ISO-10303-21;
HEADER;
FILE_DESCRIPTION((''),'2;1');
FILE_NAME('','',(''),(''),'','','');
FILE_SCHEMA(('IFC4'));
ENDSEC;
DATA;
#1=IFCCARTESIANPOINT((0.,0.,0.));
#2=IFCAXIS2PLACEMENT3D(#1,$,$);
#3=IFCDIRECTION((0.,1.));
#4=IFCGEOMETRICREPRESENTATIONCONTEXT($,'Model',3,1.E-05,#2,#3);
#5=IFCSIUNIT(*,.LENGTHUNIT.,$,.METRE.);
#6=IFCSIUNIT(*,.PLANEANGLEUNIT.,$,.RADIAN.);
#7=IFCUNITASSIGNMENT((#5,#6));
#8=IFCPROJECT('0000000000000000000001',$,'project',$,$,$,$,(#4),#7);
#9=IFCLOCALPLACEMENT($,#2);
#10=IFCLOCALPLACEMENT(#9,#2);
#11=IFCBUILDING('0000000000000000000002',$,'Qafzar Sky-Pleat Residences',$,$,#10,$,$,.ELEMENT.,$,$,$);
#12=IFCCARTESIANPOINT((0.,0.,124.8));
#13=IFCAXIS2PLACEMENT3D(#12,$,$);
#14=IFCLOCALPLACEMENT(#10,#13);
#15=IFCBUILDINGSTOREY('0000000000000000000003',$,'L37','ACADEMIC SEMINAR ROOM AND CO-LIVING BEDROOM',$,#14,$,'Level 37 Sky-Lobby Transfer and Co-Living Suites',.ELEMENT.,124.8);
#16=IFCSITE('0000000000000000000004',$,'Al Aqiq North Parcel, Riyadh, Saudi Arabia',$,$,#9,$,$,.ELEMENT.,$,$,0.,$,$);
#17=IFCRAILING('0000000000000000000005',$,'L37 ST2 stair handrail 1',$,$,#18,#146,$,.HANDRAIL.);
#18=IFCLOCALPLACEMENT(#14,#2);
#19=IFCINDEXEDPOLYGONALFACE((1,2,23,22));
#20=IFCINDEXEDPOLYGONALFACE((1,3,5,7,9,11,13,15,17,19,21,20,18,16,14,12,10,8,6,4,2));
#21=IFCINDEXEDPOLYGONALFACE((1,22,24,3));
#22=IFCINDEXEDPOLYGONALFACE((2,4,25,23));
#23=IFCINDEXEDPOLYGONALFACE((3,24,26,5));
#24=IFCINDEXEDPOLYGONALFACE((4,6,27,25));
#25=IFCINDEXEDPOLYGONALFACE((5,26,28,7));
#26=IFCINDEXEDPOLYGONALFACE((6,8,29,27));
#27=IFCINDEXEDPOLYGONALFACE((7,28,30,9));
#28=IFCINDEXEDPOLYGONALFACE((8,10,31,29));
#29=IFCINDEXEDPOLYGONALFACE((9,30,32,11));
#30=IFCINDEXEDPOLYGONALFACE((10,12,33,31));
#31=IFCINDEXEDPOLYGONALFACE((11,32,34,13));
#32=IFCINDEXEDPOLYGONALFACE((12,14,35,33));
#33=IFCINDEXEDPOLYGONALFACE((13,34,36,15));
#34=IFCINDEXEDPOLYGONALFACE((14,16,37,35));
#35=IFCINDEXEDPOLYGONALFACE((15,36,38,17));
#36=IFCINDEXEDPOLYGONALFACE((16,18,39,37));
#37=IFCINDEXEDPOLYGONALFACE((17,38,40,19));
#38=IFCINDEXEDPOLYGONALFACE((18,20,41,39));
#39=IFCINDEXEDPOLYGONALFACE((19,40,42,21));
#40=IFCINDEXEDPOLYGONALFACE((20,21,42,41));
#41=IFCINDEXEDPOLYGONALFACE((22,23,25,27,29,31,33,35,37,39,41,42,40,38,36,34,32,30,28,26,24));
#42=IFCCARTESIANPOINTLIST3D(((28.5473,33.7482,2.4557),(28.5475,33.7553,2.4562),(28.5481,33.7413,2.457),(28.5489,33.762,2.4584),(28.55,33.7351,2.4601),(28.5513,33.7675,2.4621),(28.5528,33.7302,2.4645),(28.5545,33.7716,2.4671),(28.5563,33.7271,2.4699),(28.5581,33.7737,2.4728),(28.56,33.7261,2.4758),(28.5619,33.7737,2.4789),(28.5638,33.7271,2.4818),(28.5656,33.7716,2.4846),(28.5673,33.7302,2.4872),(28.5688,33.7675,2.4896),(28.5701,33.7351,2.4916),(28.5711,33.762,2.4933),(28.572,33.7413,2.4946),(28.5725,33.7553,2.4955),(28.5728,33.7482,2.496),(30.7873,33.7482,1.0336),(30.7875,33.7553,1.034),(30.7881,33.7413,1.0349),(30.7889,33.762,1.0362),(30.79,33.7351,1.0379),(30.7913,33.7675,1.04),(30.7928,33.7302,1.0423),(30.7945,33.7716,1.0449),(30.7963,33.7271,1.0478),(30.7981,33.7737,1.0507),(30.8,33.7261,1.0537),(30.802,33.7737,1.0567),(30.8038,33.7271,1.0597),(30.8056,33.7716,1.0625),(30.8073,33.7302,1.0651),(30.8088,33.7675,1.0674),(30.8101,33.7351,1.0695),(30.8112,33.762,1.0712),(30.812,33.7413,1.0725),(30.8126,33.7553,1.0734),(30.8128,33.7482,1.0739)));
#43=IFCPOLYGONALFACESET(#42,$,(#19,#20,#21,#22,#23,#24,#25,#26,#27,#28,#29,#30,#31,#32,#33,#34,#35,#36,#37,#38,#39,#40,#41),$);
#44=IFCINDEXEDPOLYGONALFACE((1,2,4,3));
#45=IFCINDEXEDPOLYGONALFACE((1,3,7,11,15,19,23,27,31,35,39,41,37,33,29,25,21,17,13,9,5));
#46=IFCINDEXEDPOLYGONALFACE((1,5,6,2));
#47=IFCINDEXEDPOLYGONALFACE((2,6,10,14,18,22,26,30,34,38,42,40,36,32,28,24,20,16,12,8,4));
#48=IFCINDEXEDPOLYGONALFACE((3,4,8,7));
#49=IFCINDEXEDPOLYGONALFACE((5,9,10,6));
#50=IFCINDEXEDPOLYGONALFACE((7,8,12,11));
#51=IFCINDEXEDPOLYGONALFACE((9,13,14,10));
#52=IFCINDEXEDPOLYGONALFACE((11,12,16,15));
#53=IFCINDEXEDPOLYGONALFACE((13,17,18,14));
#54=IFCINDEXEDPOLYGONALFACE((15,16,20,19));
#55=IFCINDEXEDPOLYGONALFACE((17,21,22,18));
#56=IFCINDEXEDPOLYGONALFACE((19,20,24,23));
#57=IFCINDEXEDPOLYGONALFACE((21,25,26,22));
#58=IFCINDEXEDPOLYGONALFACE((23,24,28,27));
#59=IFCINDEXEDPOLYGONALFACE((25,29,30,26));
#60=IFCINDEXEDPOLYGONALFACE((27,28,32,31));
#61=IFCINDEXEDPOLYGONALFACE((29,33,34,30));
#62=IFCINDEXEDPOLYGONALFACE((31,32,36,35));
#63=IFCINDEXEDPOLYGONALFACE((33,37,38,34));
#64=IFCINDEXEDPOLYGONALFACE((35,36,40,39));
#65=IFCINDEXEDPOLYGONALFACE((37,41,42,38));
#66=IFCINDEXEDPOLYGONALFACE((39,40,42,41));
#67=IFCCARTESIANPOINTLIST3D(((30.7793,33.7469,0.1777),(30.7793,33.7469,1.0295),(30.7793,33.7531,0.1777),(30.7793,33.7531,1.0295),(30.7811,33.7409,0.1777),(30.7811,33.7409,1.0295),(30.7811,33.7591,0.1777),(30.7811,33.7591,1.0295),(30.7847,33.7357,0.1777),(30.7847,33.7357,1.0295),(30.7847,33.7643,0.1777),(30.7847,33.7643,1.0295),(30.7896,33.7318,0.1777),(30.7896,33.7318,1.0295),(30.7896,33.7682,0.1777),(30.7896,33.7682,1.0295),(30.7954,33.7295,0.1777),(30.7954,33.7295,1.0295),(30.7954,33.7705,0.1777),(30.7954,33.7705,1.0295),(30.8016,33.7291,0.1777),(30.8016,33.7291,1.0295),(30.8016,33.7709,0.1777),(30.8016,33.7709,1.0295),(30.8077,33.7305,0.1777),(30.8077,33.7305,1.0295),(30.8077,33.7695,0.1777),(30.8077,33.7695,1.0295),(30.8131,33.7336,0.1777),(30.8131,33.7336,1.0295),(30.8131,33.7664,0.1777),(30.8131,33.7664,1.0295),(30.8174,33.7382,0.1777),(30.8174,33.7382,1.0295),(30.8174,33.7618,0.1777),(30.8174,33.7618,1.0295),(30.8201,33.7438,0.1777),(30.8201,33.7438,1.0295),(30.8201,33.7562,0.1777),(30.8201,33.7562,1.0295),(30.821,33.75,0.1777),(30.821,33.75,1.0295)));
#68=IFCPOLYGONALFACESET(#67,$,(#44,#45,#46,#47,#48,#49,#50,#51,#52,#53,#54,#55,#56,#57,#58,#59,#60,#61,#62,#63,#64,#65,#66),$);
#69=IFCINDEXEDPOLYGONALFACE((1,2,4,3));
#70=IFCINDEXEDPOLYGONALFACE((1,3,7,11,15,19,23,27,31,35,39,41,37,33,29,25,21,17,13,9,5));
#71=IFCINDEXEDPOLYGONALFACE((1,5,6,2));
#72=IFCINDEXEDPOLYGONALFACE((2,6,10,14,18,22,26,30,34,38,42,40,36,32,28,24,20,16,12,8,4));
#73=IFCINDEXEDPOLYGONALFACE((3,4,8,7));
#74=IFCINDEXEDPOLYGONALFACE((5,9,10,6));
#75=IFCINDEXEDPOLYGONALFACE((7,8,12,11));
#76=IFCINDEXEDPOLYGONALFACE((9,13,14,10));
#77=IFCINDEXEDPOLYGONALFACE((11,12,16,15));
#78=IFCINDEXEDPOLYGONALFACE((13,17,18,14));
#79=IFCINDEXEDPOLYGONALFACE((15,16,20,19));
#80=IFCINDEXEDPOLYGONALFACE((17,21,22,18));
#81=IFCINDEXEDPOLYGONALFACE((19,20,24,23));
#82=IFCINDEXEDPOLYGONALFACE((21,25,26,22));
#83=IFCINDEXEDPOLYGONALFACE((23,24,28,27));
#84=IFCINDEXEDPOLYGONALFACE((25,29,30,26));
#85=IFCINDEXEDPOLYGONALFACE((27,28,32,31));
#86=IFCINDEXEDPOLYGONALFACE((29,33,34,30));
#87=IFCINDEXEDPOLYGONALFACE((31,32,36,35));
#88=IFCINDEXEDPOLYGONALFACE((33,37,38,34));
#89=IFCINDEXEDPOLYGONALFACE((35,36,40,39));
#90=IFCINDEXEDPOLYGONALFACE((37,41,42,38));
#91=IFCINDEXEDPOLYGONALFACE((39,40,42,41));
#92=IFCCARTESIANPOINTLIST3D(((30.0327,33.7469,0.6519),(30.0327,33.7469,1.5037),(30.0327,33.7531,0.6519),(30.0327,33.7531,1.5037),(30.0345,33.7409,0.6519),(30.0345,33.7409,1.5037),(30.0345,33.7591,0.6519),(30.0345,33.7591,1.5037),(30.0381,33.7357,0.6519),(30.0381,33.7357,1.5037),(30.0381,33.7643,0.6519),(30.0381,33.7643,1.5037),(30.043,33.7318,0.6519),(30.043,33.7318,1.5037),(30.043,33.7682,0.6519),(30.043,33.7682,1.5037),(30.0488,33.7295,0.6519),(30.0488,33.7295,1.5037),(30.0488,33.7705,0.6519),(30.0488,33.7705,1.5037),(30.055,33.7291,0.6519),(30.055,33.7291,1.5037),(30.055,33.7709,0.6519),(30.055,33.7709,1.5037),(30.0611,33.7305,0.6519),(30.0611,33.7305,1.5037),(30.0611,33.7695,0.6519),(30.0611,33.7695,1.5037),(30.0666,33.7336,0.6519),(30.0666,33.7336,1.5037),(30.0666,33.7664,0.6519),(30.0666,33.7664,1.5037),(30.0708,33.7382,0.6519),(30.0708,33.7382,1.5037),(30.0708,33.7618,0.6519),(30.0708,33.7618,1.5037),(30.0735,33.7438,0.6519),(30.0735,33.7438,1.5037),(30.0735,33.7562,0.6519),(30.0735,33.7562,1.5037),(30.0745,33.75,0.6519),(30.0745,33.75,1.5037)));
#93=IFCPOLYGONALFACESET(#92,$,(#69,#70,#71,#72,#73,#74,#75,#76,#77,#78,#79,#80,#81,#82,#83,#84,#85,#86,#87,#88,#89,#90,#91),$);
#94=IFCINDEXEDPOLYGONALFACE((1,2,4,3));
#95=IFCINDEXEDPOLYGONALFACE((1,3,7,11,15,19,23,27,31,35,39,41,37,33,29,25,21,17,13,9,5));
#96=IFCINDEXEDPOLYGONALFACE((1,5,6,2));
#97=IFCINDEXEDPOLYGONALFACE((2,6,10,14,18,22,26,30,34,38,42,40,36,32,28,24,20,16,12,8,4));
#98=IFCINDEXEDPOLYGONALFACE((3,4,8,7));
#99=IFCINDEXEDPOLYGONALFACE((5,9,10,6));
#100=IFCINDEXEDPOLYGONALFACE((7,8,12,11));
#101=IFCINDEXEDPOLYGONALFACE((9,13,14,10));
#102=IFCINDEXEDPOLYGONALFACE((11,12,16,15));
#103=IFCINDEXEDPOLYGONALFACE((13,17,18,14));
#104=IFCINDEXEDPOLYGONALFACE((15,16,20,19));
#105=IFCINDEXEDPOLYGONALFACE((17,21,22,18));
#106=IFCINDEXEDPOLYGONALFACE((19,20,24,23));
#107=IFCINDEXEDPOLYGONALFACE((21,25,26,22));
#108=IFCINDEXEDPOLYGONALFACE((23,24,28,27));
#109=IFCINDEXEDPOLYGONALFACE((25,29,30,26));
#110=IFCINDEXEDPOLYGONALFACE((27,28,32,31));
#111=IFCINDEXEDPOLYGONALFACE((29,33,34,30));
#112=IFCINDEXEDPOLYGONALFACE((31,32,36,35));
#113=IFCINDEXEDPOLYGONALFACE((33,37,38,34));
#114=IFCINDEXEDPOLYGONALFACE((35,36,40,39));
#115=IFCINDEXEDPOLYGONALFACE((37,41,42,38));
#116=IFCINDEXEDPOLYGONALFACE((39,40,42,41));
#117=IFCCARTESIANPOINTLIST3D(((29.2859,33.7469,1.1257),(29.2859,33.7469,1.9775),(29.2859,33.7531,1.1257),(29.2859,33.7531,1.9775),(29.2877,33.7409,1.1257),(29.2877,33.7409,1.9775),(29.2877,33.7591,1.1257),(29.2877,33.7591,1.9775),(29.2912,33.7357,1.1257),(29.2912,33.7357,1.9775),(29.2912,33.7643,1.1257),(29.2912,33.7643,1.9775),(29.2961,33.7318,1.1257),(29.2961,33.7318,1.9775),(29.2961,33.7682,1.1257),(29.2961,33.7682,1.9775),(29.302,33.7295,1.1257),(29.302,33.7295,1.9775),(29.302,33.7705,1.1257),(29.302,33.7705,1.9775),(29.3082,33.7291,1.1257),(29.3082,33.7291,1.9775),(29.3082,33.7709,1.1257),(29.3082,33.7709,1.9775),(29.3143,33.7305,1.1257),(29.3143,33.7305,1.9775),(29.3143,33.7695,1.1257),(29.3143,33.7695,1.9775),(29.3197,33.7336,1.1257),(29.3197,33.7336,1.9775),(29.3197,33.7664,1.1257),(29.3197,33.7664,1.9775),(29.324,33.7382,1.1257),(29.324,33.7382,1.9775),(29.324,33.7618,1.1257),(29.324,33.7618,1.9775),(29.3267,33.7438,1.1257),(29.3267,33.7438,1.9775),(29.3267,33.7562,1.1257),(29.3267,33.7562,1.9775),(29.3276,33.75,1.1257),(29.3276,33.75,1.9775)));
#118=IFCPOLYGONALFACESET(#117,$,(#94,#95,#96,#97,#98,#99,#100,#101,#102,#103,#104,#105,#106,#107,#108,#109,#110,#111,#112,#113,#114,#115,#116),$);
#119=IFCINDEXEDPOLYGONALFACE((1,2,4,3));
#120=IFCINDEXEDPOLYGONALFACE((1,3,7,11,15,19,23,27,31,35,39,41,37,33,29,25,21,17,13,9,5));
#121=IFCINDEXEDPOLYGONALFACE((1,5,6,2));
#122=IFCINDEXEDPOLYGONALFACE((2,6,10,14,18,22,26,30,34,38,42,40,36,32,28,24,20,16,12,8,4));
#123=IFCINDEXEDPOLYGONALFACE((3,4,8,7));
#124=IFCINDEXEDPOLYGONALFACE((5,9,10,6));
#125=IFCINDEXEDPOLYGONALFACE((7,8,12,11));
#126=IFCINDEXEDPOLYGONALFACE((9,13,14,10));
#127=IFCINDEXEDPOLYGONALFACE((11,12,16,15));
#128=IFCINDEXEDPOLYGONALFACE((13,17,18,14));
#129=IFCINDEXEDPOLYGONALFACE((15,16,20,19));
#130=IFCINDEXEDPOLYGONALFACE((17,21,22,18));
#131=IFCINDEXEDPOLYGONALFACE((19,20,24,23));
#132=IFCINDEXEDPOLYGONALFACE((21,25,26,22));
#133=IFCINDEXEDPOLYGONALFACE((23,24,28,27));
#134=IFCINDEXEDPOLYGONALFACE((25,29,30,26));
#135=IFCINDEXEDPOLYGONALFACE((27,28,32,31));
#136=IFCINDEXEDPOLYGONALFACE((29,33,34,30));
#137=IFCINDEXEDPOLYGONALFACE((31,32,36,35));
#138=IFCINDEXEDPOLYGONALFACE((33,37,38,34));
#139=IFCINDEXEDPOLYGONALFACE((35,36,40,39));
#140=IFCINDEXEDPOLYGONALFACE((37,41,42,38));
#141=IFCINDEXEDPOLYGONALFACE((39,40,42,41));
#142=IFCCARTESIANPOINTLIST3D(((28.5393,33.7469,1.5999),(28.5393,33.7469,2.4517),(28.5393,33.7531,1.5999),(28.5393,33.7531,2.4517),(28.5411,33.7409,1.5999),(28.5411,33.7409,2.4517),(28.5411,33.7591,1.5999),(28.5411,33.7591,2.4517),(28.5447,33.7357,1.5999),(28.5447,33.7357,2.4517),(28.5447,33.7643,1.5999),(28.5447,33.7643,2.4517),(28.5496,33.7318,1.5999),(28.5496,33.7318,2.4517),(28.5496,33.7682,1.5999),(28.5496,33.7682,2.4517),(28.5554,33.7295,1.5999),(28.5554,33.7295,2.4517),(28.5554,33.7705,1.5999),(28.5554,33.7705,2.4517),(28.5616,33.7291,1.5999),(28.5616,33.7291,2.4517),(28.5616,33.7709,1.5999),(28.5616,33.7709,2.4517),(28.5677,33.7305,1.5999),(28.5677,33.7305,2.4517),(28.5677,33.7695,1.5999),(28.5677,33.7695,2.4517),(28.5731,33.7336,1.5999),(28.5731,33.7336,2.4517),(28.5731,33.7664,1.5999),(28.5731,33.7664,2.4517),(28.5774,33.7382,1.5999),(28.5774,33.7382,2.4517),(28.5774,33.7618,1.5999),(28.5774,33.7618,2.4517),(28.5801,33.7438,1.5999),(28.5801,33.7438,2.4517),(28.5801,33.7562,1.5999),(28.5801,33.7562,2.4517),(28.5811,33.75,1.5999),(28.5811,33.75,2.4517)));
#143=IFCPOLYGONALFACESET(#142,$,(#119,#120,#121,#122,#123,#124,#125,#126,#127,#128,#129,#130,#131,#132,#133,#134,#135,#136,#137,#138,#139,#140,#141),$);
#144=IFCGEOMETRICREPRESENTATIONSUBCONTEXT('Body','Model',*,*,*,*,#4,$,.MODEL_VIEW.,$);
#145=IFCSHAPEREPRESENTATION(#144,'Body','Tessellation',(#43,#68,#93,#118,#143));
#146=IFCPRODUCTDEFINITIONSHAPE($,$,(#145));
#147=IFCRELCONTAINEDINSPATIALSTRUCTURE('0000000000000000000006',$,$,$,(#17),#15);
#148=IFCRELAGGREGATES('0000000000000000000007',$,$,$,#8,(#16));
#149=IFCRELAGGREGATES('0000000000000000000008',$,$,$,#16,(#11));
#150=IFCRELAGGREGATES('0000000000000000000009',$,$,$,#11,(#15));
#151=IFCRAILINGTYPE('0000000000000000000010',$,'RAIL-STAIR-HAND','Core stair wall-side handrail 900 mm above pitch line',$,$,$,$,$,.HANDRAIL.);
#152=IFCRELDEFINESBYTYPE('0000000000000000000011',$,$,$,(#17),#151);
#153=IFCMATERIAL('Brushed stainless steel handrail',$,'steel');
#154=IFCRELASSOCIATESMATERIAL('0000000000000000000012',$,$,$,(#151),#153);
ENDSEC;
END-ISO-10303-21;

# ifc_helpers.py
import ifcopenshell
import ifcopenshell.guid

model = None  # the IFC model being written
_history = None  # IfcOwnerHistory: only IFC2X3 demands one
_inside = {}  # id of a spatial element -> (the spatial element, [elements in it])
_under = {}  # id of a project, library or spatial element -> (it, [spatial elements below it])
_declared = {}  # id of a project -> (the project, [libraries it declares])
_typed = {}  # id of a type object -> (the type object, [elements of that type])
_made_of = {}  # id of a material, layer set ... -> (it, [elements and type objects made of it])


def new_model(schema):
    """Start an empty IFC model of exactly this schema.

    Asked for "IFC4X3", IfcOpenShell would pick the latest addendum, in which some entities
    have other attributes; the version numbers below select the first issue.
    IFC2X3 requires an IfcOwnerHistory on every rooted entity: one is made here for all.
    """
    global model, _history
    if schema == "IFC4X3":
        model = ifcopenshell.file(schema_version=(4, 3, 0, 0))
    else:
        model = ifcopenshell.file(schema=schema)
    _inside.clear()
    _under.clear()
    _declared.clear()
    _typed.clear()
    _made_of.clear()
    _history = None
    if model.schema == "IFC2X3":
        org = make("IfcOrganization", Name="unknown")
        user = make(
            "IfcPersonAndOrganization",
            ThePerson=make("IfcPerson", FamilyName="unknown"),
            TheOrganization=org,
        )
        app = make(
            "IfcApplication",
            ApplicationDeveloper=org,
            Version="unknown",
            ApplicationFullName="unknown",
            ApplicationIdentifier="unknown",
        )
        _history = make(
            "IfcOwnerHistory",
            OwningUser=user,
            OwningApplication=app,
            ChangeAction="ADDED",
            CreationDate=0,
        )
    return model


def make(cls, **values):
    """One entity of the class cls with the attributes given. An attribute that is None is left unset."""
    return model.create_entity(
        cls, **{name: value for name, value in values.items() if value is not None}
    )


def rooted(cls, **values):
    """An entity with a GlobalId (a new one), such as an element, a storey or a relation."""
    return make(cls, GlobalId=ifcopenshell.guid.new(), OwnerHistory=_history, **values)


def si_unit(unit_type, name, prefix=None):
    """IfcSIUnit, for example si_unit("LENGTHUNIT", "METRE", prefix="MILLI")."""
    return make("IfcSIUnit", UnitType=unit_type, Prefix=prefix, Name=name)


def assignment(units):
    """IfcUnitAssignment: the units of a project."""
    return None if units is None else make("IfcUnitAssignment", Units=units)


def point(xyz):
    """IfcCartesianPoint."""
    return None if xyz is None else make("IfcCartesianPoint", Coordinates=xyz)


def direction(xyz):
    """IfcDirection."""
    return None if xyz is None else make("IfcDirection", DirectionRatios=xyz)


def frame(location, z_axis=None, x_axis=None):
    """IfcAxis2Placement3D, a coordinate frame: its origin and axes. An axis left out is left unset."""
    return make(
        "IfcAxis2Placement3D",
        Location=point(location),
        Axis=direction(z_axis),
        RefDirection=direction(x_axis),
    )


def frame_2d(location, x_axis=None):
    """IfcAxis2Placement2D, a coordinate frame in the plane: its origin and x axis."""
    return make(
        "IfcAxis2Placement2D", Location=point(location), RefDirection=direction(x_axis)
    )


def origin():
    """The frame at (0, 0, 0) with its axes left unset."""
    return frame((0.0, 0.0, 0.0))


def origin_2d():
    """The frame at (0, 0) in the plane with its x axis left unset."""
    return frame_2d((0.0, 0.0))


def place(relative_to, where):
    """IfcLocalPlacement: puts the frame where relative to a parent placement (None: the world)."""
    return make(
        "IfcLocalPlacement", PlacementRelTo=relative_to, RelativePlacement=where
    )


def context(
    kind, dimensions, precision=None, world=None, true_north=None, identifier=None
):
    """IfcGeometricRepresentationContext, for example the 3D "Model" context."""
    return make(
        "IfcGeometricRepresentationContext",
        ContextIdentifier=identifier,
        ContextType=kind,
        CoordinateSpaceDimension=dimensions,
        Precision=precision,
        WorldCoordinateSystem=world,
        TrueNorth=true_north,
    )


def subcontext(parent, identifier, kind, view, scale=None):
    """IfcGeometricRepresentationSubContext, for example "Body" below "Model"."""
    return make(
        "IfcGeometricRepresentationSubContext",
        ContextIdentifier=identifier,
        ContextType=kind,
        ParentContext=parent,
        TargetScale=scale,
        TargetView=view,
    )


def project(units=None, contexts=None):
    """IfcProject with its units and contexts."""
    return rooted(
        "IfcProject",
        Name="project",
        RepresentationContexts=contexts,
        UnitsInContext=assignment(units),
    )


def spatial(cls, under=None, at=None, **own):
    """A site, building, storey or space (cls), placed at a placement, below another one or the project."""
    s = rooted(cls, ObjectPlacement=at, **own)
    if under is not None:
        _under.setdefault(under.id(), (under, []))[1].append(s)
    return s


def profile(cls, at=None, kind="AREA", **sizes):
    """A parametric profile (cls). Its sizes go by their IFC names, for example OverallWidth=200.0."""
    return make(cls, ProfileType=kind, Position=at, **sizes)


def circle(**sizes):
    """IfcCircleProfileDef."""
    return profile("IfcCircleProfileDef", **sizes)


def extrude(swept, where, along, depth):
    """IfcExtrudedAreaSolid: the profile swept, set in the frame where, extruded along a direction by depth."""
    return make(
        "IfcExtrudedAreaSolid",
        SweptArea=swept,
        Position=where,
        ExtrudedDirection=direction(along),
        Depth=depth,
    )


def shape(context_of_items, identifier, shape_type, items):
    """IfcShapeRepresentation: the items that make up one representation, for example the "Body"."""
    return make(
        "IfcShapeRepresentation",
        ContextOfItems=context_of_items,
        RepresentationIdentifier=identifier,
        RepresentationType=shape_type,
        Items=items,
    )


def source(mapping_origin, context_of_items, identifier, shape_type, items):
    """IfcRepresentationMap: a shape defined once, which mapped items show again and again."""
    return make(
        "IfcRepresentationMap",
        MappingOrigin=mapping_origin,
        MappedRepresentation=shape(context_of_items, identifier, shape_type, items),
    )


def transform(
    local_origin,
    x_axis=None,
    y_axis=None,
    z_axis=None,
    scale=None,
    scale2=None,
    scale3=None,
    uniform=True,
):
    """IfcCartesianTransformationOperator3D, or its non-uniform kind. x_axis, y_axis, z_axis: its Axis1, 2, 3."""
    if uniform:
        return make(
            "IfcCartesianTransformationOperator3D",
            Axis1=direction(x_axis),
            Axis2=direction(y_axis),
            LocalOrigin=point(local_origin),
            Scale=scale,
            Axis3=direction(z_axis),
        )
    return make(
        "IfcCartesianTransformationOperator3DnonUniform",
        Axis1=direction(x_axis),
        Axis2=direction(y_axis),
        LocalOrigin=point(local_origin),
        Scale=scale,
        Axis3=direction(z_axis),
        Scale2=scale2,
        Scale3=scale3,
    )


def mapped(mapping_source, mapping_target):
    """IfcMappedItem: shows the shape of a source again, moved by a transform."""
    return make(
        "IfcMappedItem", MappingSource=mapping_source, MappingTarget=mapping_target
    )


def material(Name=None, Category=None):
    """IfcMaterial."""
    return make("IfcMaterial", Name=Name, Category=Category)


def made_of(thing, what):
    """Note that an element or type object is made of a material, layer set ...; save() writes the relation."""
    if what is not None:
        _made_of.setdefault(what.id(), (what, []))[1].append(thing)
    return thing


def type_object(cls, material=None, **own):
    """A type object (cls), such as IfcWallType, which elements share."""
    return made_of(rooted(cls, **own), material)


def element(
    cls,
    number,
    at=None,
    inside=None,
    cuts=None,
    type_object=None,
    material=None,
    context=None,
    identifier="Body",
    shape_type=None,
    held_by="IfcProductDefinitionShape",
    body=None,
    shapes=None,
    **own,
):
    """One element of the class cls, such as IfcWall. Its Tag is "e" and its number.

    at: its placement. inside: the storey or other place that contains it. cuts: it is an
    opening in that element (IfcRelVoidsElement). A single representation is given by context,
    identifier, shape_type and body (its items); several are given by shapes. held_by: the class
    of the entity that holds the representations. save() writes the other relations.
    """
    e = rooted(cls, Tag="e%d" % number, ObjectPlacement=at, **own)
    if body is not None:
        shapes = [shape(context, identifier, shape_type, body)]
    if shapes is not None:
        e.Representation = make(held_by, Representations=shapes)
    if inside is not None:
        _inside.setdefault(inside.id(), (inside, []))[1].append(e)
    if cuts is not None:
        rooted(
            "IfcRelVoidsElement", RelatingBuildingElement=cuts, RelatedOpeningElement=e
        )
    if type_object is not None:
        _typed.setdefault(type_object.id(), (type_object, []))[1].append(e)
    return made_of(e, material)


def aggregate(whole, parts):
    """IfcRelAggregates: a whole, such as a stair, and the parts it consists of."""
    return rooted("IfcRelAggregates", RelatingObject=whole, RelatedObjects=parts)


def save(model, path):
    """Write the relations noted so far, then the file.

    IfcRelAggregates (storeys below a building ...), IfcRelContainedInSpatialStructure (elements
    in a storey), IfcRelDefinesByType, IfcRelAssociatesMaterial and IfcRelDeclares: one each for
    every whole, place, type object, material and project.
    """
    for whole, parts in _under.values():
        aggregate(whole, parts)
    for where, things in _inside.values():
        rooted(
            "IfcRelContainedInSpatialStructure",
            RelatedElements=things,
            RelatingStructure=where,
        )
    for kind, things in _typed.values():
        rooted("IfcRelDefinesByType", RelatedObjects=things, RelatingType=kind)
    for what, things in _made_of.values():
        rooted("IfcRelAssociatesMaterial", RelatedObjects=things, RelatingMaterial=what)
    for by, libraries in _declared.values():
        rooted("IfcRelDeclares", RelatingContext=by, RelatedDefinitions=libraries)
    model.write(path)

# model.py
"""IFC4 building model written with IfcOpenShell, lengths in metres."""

from ifc_helpers import new_model, si_unit, direction, frame, origin, origin_2d, place, context, subcontext, project, spatial, circle, extrude, source, transform, mapped, material, type_object, element, save


model = new_model("IFC4")

# Units and contexts
model_context = context("Model", 3, precision=1e-05, world=origin(), true_north=direction((0.0, 1.0)))
body_context = subcontext(model_context, "Body", "Model", "MODEL_VIEW")
ifc_project = project(units=[si_unit("LENGTHUNIT", "METRE"), si_unit("PLANEANGLEUNIT", "RADIAN")], contexts=[model_context])

# Site, building, storey
site_placement = place(None, origin())
site = spatial("IfcSite", under=ifc_project, at=site_placement, Name="Al Aqiq North Parcel, Riyadh, Saudi Arabia", CompositionType="ELEMENT", RefElevation=0.0)
building_placement = place(site_placement, origin())
building = spatial("IfcBuilding", under=site, at=building_placement, Name="Qafzar Sky-Pleat Residences", CompositionType="ELEMENT")
storey_placement = place(building_placement, frame((0.0, 0.0, 124.8)))
storey = spatial("IfcBuildingStorey", under=building, at=storey_placement, Name="L37", Description="ACADEMIC SEMINAR ROOM AND CO-LIVING BEDROOM", LongName="Level 37 Sky-Lobby Transfer and Co-Living Suites", CompositionType="ELEMENT", Elevation=124.8)

# Railing
ifc_material_1 = material(Name="Brushed stainless steel handrail", Category="steel")
railing_type_1 = type_object("IfcRailingType", Name="RAIL-STAIR-HAND", Description="Core stair wall-side handrail 900 mm above pitch line", PredefinedType="HANDRAIL", material=ifc_material_1)
shared_shape_1 = source(origin(), body_context, "Body", "SweptSolid", [
    extrude(circle(Radius=0.0239, at=origin_2d()), frame((0.0, 0.0, 0.876), z_axis=(-0.844229, 0.0, 0.535982), x_axis=(0.0, -1.0, 0.0)), (0.0, 0.0, 1.0), 2.6533),
    extrude(circle(Radius=0.021, at=origin_2d()), origin(), (0.0, 0.0, 1.0), 0.8518),
    extrude(circle(Radius=0.021, at=origin_2d()), frame((-0.7466, 0.0, 0.4741)), (0.0, 0.0, 1.0), 0.8518),
    extrude(circle(Radius=0.021, at=origin_2d()), frame((-1.4934, 0.0, 0.948)), (0.0, 0.0, 1.0), 0.8518),
    extrude(circle(Radius=0.021, at=origin_2d()), frame((-2.24, 0.0, 1.4221)), (0.0, 0.0, 1.0), 0.8518),
])
railing_1_placement = place(storey_placement, frame((30.8, 33.75, 0.1777)))
element("IfcRailing", 1, at=railing_1_placement, inside=storey, type_object=railing_type_1, Name="L37 ST2 stair handrail 1", PredefinedType="HANDRAIL", context=body_context, shape_type="MappedRepresentation", body=[
    mapped(shared_shape_1, transform((0.0, 0.0, 0.0), x_axis=(1.0, 0.0, 0.0), y_axis=(0.0, 1.0, 0.0), z_axis=(0.0, 0.0, 1.0), scale=1.0)),
])

save(model, "model.ifc")
